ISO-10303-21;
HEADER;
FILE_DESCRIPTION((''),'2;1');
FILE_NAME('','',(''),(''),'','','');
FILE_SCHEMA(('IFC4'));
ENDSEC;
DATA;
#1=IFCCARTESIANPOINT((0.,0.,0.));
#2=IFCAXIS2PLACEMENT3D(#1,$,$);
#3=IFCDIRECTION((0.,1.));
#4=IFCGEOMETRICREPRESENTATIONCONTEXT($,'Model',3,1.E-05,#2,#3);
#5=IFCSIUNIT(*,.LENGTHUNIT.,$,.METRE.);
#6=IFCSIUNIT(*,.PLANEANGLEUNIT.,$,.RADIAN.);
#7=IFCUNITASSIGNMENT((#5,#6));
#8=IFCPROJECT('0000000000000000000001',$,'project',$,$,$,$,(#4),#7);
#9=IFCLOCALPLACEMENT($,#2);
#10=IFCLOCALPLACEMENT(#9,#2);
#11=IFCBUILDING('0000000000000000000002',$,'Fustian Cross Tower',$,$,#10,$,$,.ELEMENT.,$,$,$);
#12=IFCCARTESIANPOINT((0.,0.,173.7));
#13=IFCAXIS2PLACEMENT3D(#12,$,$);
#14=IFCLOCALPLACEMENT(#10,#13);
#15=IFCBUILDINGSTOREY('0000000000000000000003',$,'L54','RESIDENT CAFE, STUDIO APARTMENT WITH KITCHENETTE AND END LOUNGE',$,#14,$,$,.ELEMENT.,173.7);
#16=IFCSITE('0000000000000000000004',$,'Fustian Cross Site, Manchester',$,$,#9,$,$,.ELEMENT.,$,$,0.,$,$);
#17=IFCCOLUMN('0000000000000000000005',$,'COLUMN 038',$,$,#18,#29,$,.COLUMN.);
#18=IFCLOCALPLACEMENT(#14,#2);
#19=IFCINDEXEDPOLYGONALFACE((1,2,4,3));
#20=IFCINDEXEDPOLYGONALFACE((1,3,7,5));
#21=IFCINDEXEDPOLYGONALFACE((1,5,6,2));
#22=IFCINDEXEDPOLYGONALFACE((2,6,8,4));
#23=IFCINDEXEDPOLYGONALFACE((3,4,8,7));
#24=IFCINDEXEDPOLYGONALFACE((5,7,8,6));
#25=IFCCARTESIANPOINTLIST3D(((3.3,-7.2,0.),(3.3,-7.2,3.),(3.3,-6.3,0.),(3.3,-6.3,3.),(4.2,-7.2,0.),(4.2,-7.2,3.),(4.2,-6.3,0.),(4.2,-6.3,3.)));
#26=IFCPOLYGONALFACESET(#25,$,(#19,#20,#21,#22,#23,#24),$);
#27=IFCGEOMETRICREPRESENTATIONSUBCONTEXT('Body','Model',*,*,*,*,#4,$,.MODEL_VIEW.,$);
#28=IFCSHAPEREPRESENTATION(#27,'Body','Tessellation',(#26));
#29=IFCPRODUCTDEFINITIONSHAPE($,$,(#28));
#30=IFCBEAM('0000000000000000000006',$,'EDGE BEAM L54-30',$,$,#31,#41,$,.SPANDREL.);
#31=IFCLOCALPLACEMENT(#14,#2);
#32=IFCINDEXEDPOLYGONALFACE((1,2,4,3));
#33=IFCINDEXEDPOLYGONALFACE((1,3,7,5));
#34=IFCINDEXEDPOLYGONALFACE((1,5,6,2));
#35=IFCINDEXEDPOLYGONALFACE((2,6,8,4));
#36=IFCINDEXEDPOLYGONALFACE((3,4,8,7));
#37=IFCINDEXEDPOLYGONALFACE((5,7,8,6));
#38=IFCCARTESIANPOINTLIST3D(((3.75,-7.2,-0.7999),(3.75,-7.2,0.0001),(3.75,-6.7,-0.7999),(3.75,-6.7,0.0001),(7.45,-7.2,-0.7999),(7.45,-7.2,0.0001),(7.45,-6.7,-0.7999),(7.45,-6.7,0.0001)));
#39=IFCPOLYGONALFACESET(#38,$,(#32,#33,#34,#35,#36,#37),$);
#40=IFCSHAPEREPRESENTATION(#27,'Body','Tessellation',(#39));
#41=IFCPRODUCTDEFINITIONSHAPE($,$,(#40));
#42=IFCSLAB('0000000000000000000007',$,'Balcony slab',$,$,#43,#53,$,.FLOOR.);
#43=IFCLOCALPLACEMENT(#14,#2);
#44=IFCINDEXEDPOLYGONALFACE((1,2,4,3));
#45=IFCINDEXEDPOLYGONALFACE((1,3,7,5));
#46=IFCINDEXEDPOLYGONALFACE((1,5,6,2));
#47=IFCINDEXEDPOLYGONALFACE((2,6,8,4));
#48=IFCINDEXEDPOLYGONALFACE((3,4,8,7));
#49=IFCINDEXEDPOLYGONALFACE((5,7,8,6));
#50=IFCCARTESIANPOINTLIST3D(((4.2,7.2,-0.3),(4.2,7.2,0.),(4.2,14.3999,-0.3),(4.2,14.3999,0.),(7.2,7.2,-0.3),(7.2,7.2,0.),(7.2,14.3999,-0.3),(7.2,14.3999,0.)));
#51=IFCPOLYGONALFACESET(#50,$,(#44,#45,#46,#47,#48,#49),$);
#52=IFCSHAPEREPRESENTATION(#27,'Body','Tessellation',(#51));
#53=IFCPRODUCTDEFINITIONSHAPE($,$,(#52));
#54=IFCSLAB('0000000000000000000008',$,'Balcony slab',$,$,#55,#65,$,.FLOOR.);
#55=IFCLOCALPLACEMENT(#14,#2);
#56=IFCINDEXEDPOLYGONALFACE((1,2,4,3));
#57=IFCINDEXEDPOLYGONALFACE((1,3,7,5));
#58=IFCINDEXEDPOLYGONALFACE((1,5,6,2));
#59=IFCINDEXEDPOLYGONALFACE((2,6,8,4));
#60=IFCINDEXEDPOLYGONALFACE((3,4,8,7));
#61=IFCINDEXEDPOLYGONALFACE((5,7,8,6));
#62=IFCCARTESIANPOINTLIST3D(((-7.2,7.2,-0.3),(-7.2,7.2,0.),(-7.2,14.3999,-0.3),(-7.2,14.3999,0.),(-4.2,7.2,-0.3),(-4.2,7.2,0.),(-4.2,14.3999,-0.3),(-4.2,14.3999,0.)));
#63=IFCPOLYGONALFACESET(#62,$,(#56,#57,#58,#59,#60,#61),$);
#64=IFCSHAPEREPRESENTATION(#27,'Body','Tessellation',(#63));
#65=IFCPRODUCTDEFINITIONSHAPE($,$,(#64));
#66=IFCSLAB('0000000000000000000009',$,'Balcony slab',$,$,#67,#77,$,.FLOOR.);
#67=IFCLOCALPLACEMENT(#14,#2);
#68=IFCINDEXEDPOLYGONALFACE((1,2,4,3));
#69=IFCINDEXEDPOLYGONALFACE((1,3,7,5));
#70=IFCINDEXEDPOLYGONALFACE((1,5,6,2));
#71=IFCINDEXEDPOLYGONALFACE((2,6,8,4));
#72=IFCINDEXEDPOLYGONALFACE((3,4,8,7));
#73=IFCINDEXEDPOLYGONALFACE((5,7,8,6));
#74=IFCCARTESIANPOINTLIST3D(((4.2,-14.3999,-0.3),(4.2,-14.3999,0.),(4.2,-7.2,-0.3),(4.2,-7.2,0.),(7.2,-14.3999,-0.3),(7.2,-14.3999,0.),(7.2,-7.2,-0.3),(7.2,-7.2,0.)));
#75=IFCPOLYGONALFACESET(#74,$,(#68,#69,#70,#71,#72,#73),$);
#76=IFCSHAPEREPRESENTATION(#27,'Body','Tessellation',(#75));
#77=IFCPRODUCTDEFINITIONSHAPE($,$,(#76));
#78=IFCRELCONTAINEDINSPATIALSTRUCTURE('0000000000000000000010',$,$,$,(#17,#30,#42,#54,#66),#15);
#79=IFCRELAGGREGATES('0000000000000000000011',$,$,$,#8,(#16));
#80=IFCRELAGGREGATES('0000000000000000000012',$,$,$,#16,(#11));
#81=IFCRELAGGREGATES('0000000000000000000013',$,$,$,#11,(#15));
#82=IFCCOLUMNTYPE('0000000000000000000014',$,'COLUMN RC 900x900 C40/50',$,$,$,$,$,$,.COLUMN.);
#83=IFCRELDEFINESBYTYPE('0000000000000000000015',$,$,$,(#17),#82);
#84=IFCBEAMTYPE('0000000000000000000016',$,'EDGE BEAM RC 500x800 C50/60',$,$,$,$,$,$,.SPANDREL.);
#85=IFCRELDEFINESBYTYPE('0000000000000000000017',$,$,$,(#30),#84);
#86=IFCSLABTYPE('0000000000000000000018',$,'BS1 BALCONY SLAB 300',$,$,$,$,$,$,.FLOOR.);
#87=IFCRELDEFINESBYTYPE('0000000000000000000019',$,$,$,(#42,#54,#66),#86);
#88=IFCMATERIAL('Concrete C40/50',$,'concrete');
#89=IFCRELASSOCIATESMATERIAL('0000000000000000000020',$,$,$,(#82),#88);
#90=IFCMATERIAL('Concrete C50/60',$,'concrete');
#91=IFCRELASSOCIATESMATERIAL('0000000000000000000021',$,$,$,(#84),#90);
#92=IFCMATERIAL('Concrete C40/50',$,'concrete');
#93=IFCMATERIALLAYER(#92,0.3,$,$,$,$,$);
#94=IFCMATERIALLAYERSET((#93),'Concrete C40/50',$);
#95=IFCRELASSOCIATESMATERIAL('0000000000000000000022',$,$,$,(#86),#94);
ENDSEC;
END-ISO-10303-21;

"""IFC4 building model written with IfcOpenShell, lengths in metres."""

from ifc_helpers import new_model, si_unit, direction, frame, origin, origin_2d, place, context, subcontext, project, spatial, polyline, rectangle, outline, extrude, material, layer, layer_set, material_profile, profile_set, type_object, element, save


model = new_model("IFC4")

# Units and contexts
model_context = context("Model", 3, precision=1e-05, world=origin(), true_north=direction((0.0, 1.0)))
body_context = subcontext(model_context, "Body", "Model", "MODEL_VIEW")
ifc_project = project(units=[si_unit("LENGTHUNIT", "METRE"), si_unit("PLANEANGLEUNIT", "RADIAN")], contexts=[model_context])

# Site, building, storey
site_placement = place(None, origin())
site = spatial("IfcSite", under=ifc_project, at=site_placement, Name="Fustian Cross Site, Manchester", CompositionType="ELEMENT", RefElevation=0.0)
building_placement = place(site_placement, origin())
building = spatial("IfcBuilding", under=site, at=building_placement, Name="Fustian Cross Tower", CompositionType="ELEMENT")
storey_placement = place(building_placement, frame((0.0, 0.0, 173.7)))
storey = spatial("IfcBuildingStorey", under=building, at=storey_placement, Name="L54", Description="RESIDENT CAFE, STUDIO APARTMENT WITH KITCHENETTE AND END LOUNGE", CompositionType="ELEMENT", Elevation=173.7)

# Column
ifc_material_1 = material(Name="Concrete C40/50", Category="concrete")
ifc_material_profile_1 = material_profile(ifc_material_1, rectangle(XDim=0.8999, YDim=0.8999, at=origin_2d()), Name="RC 900x900")
ifc_profile_set_1 = profile_set([ifc_material_profile_1], Name="Concrete C40/50")
column_type = type_object("IfcColumnType", Name="COLUMN RC 900x900 C40/50", PredefinedType="COLUMN", material=ifc_profile_set_1)
column_placement = place(storey_placement, frame((3.75, -6.75, 0.0), z_axis=(0.0, 0.0, 1.0), x_axis=(1.0, 0.0, 0.0)))
element("IfcColumn", 1, at=column_placement, inside=storey, type_object=column_type, Name="COLUMN 038", PredefinedType="COLUMN", context=body_context, shape_type="SweptSolid", body=[
    extrude(rectangle(XDim=0.8999, YDim=0.8999, at=origin_2d()), origin(), (0.0, 0.0, 1.0), 3.0),
])

# Beam
ifc_material_2 = material(Name="Concrete C50/60", Category="concrete")
ifc_material_profile_2 = material_profile(ifc_material_2, rectangle(XDim=0.5, YDim=0.8, at=origin_2d()), Name="RC 500x800")
ifc_profile_set_2 = profile_set([ifc_material_profile_2], Name="Concrete C50/60")
beam_type = type_object("IfcBeamType", Name="EDGE BEAM RC 500x800 C50/60", PredefinedType="SPANDREL", material=ifc_profile_set_2)
beam_placement = place(storey_placement, frame((3.75, -6.95, -0.3999), z_axis=(1.0, 0.0, 0.0), x_axis=(0.0, 1.0, 0.0)))
element("IfcBeam", 2, at=beam_placement, inside=storey, type_object=beam_type, Name="EDGE BEAM L54-30", PredefinedType="SPANDREL", context=body_context, shape_type="SweptSolid", body=[
    extrude(rectangle(XDim=0.5, YDim=0.8, at=origin_2d()), origin(), (0.0, 0.0, 1.0), 3.7),
])

# Slabs
ifc_material_3 = material(Name="Concrete C40/50", Category="concrete")
ifc_layer_1 = layer(ifc_material_3, 0.3)
ifc_layer_set_1 = layer_set([ifc_layer_1], Name="Concrete C40/50")
slab_type_1 = type_object("IfcSlabType", Name="BS1 BALCONY SLAB 300", PredefinedType="FLOOR", material=ifc_layer_set_1)
slab_1_placement = place(storey_placement, frame((0.0, 0.0, -0.3)))
element("IfcSlab", 3, at=slab_1_placement, inside=storey, type_object=slab_type_1, Name="Balcony slab", PredefinedType="FLOOR", context=body_context, shape_type="SweptSolid", body=[
    extrude(outline(polyline([(4.2, 7.2), (7.2, 7.2), (7.2, 14.3999), (4.2, 14.3999), (4.2, 7.2)])), origin(), (0.0, 0.0, 1.0), 0.3),
])
slab_2_placement = place(storey_placement, frame((0.0, 0.0, -0.3)))
element("IfcSlab", 4, at=slab_2_placement, inside=storey, type_object=slab_type_1, Name="Balcony slab", PredefinedType="FLOOR", context=body_context, shape_type="SweptSolid", body=[
    extrude(outline(polyline([(-7.2, 7.2), (-4.2, 7.2), (-4.2, 14.3999), (-7.2, 14.3999), (-7.2, 7.2)])), origin(), (0.0, 0.0, 1.0), 0.3),
])
slab_3_placement = place(storey_placement, frame((0.0, 0.0, -0.3)))
element("IfcSlab", 5, at=slab_3_placement, inside=storey, type_object=slab_type_1, Name="Balcony slab", PredefinedType="FLOOR", context=body_context, shape_type="SweptSolid", body=[
    extrude(outline(polyline([(4.2, -14.3999), (7.2, -14.3999), (7.2, -7.2), (4.2, -7.2), (4.2, -14.3999)])), origin(), (0.0, 0.0, 1.0), 0.3),
])

save(model, "model.ifc")
